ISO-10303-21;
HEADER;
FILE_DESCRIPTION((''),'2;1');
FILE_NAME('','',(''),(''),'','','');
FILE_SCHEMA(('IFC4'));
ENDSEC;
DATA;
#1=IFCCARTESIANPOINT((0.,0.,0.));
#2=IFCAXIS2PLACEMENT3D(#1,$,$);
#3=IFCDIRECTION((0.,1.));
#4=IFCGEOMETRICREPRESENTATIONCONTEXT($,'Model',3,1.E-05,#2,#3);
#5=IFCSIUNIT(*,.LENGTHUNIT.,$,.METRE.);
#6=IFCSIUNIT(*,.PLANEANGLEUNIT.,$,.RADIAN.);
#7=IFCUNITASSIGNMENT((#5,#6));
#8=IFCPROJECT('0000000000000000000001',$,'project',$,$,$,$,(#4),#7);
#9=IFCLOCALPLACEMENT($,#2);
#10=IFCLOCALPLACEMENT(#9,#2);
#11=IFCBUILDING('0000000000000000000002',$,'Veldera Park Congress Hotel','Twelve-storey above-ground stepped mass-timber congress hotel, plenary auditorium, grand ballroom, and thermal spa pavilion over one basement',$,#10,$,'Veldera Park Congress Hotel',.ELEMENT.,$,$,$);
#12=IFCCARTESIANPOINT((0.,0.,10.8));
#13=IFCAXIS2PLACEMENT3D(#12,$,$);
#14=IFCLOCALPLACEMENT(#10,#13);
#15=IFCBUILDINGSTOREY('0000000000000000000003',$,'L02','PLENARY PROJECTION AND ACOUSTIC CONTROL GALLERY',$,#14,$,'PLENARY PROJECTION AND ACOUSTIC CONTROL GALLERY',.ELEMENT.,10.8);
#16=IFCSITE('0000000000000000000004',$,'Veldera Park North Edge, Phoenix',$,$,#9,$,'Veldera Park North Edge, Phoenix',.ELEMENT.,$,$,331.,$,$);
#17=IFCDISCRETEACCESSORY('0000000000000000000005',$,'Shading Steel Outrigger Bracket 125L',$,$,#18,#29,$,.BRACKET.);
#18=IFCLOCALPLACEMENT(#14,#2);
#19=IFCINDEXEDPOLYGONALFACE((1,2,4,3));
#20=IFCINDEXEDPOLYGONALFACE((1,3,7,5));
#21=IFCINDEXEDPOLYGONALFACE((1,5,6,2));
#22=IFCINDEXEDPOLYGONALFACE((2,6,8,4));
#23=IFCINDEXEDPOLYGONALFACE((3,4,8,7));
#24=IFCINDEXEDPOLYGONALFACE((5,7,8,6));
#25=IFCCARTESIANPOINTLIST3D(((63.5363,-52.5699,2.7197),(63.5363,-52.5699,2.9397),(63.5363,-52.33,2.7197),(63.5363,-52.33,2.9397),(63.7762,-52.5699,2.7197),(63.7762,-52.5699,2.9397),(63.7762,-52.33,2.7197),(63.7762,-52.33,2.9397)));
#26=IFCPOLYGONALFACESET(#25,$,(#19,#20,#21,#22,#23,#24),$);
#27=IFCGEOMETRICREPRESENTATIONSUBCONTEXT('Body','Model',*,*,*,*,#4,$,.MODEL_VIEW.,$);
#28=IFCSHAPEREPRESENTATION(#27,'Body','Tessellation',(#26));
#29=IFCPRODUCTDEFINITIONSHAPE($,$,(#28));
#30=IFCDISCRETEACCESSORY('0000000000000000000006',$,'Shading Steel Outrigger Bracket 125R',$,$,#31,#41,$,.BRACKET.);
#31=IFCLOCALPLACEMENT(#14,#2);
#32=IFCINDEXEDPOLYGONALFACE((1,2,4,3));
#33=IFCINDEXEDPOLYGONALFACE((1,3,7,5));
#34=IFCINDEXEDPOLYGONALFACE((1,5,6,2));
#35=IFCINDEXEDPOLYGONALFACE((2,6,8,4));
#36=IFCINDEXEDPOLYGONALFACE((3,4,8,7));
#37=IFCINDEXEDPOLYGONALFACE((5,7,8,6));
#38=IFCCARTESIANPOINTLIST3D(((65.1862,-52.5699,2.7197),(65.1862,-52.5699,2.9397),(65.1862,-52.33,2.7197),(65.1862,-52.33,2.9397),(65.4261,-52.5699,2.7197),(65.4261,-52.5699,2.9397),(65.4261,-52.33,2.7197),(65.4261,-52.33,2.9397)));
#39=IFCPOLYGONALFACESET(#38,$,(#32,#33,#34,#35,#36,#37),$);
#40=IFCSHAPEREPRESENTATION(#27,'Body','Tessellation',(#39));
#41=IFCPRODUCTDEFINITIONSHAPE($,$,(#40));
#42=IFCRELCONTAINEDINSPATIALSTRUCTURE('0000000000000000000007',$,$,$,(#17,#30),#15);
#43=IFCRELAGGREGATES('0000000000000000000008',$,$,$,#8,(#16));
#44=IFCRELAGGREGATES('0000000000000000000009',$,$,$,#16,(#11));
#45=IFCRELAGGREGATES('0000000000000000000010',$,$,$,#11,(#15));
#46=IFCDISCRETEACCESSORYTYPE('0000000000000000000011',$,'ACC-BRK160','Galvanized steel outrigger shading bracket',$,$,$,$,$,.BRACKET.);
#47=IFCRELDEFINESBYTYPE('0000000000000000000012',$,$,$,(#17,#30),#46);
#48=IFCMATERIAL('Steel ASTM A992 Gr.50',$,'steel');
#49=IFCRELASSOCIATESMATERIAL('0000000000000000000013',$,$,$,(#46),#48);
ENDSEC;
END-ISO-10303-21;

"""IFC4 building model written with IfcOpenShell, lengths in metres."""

from ifc_helpers import new_model, si_unit, direction, frame, origin, origin_2d, place, context, subcontext, project, spatial, rectangle, extrude, material, type_object, element, save


model = new_model("IFC4")

# Units and contexts
model_context = context("Model", 3, precision=1e-05, world=origin(), true_north=direction((0.0, 1.0)))
body_context = subcontext(model_context, "Body", "Model", "MODEL_VIEW")
ifc_project = project(units=[si_unit("LENGTHUNIT", "METRE"), si_unit("PLANEANGLEUNIT", "RADIAN")], contexts=[model_context])

# Site, building, storey
site_placement = place(None, origin())
site = spatial("IfcSite", under=ifc_project, at=site_placement, Name="Veldera Park North Edge, Phoenix", LongName="Veldera Park North Edge, Phoenix", CompositionType="ELEMENT", RefElevation=331.0)
building_placement = place(site_placement, origin())
building = spatial("IfcBuilding", under=site, at=building_placement, Name="Veldera Park Congress Hotel", Description="Twelve-storey above-ground stepped mass-timber congress hotel, plenary auditorium, grand ballroom, and thermal spa pavilion over one basement", LongName="Veldera Park Congress Hotel", CompositionType="ELEMENT")
storey_placement = place(building_placement, frame((0.0, 0.0, 10.8)))
storey = spatial("IfcBuildingStorey", under=building, at=storey_placement, Name="L02", Description="PLENARY PROJECTION AND ACOUSTIC CONTROL GALLERY", LongName="PLENARY PROJECTION AND ACOUSTIC CONTROL GALLERY", CompositionType="ELEMENT", Elevation=10.8)

# Shared definitions
ifc_material_1 = material(Name="Steel ASTM A992 Gr.50", Category="steel")

# Discrete accessories
discrete_accessory_type = type_object("IfcDiscreteAccessoryType", Name="ACC-BRK160", Description="Galvanized steel outrigger shading bracket", PredefinedType="BRACKET", material=ifc_material_1)
for number, where, z_axis, x_axis, name in (
    (1, (63.6562, -52.45, 2.7197), (0.0, 0.0, 1.0), (1.0, 0.0, 0.0), "Shading Steel Outrigger Bracket 125L"),
    (2, (65.3062, -52.45, 2.7197), (0.0, 0.0, 1.0), (1.0, 0.0, 0.0), "Shading Steel Outrigger Bracket 125R"),
):
    element("IfcDiscreteAccessory", number, at=place(storey_placement, frame(where, z_axis=z_axis, x_axis=x_axis)), inside=storey, type_object=discrete_accessory_type, Name=name, PredefinedType="BRACKET", context=body_context, shape_type="SweptSolid", body=[
        extrude(rectangle(XDim=0.24, YDim=0.24, at=origin_2d()), origin(), (0.0, 0.0, 1.0), 0.22),
    ])

save(model, "model.ifc")
